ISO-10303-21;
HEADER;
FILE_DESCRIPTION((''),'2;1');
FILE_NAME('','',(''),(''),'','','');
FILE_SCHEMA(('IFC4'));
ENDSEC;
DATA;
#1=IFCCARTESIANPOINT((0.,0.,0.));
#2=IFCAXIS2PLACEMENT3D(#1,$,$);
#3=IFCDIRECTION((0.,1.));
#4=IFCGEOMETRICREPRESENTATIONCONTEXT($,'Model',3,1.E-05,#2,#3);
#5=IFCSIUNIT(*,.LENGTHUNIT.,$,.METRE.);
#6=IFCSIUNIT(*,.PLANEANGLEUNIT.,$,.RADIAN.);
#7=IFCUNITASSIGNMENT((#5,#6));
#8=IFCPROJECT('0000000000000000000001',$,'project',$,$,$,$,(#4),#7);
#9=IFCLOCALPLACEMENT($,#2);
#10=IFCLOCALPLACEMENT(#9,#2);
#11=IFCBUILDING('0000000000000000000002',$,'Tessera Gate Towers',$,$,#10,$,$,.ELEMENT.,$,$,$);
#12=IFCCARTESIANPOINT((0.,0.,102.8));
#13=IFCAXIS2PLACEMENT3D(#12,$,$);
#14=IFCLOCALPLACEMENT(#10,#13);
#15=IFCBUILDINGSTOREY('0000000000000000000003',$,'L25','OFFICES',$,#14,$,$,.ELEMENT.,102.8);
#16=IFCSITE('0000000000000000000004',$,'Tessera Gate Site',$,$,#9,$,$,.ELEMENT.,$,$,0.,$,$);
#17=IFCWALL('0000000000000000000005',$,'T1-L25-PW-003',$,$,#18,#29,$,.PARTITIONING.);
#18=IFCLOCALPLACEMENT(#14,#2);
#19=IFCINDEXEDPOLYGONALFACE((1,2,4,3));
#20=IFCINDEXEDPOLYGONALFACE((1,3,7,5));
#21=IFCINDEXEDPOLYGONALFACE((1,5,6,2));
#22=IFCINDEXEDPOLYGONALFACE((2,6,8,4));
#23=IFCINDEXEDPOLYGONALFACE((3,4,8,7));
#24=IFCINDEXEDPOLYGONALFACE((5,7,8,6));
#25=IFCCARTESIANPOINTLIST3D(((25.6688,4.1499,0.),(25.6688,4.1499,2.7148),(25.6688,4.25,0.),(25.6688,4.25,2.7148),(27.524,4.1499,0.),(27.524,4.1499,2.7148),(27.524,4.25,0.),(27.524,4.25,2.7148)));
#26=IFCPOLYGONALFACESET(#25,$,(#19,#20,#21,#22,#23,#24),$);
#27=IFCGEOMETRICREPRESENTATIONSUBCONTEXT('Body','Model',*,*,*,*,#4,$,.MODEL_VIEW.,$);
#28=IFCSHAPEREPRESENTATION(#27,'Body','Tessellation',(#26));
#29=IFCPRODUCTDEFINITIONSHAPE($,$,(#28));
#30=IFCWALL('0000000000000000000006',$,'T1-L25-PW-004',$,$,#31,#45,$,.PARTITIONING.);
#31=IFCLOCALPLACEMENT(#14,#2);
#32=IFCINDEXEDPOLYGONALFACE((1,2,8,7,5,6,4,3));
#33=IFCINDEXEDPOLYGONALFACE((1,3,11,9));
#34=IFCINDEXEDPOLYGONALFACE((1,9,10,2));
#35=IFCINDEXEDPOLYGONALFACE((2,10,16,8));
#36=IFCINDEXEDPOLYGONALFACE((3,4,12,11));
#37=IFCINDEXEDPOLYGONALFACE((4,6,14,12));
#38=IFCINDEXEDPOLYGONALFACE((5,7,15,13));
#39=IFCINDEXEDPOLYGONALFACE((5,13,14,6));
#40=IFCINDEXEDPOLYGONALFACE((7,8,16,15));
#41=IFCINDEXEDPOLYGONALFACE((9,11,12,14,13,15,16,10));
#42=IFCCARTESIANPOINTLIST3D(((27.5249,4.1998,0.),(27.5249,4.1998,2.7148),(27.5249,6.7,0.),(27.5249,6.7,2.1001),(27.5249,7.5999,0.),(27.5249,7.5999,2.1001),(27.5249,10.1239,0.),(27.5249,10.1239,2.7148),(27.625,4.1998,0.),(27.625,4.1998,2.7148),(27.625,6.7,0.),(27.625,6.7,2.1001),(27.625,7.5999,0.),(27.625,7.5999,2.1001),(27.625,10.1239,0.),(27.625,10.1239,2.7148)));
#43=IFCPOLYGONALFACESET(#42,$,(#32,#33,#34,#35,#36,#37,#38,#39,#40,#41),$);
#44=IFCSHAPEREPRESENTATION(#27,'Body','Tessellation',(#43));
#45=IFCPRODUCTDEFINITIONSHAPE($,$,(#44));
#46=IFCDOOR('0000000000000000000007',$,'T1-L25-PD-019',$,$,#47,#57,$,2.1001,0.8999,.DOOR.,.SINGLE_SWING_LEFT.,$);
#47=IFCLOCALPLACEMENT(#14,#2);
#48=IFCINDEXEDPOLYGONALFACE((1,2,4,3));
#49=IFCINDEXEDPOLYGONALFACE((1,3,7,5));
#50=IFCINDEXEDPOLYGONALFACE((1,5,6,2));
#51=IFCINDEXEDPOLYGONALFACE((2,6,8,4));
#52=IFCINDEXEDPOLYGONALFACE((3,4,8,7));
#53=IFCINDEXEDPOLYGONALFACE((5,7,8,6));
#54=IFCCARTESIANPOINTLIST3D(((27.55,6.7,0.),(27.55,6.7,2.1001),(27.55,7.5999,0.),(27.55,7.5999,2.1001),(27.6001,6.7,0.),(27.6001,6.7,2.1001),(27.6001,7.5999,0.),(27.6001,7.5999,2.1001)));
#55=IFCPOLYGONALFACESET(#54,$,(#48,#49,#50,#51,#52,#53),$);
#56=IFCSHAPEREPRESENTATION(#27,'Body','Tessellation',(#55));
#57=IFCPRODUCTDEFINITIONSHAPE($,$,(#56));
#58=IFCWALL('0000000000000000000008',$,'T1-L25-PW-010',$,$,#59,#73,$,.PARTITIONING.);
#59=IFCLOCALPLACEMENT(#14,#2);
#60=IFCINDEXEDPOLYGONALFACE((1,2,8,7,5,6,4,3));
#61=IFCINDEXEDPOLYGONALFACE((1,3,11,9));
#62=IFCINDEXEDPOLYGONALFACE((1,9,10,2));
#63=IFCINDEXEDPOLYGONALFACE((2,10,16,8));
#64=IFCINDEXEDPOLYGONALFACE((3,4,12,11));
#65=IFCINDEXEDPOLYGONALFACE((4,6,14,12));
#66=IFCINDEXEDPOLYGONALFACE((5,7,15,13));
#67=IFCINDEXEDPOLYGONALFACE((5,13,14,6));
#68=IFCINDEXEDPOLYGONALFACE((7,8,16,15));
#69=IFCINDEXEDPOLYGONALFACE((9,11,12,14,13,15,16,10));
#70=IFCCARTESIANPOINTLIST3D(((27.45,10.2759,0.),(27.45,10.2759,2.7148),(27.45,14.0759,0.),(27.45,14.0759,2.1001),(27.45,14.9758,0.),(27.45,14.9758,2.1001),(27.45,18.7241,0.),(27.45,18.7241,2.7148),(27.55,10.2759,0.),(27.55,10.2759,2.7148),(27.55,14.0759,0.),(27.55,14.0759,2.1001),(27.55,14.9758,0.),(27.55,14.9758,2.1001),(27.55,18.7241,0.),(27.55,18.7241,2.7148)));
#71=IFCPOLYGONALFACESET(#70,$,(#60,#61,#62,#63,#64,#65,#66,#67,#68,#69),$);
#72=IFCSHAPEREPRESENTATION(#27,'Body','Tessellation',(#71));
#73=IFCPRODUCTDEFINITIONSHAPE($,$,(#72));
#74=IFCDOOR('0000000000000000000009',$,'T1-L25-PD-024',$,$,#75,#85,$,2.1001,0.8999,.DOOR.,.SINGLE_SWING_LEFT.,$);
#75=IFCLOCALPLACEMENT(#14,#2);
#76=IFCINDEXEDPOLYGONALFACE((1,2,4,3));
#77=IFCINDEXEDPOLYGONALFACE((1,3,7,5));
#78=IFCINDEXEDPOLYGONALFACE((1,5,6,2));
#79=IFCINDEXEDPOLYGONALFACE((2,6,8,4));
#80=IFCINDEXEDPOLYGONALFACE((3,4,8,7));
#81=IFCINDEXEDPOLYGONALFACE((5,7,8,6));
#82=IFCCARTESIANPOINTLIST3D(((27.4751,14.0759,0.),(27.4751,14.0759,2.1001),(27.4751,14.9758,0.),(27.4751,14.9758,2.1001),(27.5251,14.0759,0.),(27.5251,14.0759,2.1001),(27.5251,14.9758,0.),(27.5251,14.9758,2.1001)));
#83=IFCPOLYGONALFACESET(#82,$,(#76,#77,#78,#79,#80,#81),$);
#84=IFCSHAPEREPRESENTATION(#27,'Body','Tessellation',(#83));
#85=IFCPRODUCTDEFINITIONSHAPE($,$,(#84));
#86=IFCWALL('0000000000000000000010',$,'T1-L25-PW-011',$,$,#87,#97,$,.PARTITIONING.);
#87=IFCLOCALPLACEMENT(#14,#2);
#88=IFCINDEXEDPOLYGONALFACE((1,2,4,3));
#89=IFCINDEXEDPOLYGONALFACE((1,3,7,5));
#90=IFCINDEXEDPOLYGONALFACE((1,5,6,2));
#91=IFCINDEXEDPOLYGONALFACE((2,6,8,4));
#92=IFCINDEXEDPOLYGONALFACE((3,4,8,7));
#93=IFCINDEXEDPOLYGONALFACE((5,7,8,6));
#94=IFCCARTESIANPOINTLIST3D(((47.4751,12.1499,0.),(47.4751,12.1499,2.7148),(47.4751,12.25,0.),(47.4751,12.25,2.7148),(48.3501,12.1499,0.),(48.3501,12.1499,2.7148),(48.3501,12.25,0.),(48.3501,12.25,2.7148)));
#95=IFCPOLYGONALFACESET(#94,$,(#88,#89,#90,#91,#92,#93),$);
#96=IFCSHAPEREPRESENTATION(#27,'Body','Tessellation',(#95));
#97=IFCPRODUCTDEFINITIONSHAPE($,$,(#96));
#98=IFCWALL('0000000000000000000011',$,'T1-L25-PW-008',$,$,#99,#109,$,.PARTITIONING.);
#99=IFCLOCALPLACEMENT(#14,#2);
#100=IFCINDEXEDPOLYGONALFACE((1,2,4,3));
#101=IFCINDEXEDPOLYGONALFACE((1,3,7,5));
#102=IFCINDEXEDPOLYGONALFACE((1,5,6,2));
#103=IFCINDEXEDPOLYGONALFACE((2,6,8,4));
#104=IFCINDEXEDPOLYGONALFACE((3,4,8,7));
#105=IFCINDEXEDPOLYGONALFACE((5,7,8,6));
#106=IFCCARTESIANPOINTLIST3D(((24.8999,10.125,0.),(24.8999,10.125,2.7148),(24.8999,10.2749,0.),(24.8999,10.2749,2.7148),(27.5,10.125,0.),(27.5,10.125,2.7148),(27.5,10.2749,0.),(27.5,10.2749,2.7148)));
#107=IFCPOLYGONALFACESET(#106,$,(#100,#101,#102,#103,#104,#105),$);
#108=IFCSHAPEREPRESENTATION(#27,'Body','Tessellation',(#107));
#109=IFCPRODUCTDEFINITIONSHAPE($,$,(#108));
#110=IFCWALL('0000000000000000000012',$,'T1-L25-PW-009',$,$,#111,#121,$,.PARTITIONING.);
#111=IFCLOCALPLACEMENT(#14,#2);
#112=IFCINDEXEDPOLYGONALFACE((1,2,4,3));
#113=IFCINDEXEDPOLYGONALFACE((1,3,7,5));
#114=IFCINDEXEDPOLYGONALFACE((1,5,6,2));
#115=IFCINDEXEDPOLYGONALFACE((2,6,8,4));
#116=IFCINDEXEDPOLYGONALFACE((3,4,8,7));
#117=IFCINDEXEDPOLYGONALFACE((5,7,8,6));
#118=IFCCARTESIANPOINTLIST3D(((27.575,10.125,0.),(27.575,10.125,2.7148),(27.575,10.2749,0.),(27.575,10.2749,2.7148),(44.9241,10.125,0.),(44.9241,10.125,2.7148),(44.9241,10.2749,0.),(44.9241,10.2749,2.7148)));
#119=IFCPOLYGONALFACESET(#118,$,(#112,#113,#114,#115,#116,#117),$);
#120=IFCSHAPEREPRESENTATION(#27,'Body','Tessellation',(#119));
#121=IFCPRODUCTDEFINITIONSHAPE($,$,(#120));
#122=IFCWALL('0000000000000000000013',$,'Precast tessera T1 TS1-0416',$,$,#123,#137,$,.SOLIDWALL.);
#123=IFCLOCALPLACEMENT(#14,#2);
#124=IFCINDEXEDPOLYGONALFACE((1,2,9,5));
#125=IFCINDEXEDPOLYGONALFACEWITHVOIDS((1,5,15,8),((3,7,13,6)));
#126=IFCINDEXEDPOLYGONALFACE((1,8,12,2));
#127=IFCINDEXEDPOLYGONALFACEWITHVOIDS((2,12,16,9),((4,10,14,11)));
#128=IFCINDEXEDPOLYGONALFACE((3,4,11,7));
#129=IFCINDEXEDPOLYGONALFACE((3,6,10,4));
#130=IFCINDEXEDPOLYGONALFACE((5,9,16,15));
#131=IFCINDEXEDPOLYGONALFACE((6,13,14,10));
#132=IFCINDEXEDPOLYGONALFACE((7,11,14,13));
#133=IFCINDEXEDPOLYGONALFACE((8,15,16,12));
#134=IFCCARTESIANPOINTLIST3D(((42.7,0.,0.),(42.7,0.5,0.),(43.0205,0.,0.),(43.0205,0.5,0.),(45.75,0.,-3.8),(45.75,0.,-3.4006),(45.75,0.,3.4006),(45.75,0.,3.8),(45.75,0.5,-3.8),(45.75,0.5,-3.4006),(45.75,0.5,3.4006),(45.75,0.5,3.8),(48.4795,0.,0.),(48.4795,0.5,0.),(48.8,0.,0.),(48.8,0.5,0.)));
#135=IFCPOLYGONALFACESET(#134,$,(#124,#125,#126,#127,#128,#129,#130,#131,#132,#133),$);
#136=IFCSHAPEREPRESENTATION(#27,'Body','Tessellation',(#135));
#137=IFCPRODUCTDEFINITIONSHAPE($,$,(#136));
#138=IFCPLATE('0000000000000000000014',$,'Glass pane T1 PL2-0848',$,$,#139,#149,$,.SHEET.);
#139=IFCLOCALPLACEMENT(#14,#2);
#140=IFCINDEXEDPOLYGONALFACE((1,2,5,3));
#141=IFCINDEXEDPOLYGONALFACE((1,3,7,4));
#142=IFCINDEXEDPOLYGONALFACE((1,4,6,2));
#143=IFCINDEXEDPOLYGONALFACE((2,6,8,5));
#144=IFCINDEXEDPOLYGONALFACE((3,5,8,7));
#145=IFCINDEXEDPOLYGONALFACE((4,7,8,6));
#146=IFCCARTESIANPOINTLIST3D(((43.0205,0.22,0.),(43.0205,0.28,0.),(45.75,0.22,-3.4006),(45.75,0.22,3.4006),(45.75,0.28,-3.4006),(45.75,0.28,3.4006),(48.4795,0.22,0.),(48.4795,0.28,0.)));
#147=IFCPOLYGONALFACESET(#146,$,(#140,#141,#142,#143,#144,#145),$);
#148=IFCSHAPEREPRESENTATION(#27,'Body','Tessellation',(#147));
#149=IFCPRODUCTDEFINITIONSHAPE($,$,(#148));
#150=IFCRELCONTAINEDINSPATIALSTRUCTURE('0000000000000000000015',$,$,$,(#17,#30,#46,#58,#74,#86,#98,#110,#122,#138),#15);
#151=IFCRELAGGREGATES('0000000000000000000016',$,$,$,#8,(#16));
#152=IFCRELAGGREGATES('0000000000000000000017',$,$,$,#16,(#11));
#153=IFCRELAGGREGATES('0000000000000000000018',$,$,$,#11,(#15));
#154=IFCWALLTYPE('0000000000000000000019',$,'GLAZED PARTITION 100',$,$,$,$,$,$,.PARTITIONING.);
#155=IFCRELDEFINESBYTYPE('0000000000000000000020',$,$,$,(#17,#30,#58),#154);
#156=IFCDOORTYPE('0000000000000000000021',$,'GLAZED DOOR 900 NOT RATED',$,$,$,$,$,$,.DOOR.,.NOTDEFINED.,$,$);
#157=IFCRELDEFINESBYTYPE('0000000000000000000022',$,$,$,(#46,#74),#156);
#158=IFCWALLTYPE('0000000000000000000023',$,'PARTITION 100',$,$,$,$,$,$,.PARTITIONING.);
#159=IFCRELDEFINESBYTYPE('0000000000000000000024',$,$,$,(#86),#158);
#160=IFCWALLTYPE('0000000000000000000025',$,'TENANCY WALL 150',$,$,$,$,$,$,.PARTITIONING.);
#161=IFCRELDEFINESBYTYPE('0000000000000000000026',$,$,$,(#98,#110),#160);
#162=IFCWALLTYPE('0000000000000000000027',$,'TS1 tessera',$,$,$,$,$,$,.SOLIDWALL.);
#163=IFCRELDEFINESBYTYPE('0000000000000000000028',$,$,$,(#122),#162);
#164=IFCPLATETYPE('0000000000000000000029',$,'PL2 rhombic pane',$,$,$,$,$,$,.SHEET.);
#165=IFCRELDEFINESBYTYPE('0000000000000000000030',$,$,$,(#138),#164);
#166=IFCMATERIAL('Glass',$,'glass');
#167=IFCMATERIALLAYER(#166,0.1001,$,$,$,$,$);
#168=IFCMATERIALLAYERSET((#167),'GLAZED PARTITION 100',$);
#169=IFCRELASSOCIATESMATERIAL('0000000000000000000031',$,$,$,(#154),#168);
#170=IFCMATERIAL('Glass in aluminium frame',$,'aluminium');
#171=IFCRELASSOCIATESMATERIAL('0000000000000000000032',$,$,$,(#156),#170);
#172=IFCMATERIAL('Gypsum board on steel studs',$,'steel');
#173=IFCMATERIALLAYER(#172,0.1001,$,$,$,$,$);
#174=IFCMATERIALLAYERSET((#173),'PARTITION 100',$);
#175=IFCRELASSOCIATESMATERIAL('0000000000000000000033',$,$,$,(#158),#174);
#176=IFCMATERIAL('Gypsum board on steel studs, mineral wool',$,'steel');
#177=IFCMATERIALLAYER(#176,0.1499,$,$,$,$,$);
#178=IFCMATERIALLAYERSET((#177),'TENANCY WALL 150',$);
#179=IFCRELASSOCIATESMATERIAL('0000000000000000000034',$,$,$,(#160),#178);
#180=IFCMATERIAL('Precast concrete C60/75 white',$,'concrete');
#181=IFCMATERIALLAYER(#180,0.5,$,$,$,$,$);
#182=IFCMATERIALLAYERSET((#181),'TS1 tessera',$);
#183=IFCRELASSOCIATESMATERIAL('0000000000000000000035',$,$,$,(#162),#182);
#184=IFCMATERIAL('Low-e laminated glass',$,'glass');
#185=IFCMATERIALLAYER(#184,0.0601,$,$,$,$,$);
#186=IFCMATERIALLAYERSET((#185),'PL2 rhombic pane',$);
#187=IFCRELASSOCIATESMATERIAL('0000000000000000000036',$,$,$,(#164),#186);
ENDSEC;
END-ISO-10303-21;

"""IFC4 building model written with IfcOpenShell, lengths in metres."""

from ifc_helpers import new_model, si_unit, direction, frame, frame_2d, origin, place, context, subcontext, project, spatial, polyline, rectangle, outline, extrude, source, transform, mapped, material, layer, layer_set, type_object, element, fill, save


model = new_model("IFC4")

# Units and contexts
model_context = context("Model", 3, precision=1e-05, world=origin(), true_north=direction((0.0, 1.0)))
body_context = subcontext(model_context, "Body", "Model", "MODEL_VIEW")
ifc_project = project(units=[si_unit("LENGTHUNIT", "METRE"), si_unit("PLANEANGLEUNIT", "RADIAN")], contexts=[model_context])

# Site, building, storey
site_placement = place(None, origin())
site = spatial("IfcSite", under=ifc_project, at=site_placement, Name="Tessera Gate Site", CompositionType="ELEMENT", RefElevation=0.0)
building_placement = place(site_placement, origin())
building = spatial("IfcBuilding", under=site, at=building_placement, Name="Tessera Gate Towers", CompositionType="ELEMENT")
storey_placement = place(building_placement, frame((0.0, 0.0, 102.8)))
storey = spatial("IfcBuildingStorey", under=building, at=storey_placement, Name="L25", Description="OFFICES", CompositionType="ELEMENT", Elevation=102.8)

# Shared definitions
shared_shape_1 = source(origin(), body_context, "Body", "SweptSolid", [
    extrude(rectangle(XDim=0.8999, YDim=2.1001, at=frame_2d((0.45, 1.05))), frame((0.0, 0.0249, 0.0), z_axis=(0.0, -1.0, 0.0), x_axis=(1.0, 0.0, 0.0)), (0.0, 0.0, 1.0), 0.05),
])

# Wall
ifc_material_1 = material(Name="Glass", Category="glass")
ifc_layer_1 = layer(ifc_material_1, 0.1001)
ifc_layer_set_1 = layer_set([ifc_layer_1], Name="GLAZED PARTITION 100")
wall_type_1 = type_object("IfcWallType", Name="GLAZED PARTITION 100", PredefinedType="PARTITIONING", material=ifc_layer_set_1)
wall_1_placement = place(storey_placement, frame((25.6687, 4.2, 0.0), z_axis=(0.0, 0.0, 1.0), x_axis=(1.0, 0.0, 0.0)))
element("IfcWall", 1, at=wall_1_placement, inside=storey, type_object=wall_type_1, Name="T1-L25-PW-003", PredefinedType="PARTITIONING", context=body_context, shape_type="SweptSolid", body=[
    extrude(rectangle(XDim=1.8552, YDim=0.1001, at=frame_2d((0.9277, 0.0))), origin(), (0.0, 0.0, 1.0), 2.7148),
])

# Walls, openings, doors
wall_2_placement = place(storey_placement, frame((27.575, 4.2, 0.0), z_axis=(0.0, 0.0, 1.0), x_axis=(0.0, 1.0, 0.0)))
wall_2 = element("IfcWall", 2, at=wall_2_placement, inside=storey, type_object=wall_type_1, Name="T1-L25-PW-004", PredefinedType="PARTITIONING", context=body_context, shape_type="SweptSolid", body=[
    extrude(rectangle(XDim=5.9241, YDim=0.1001, at=frame_2d((2.9619, 0.0))), origin(), (0.0, 0.0, 1.0), 2.7148),
])
shared_shape_2 = source(origin(), body_context, "Body", "SweptSolid", [
    extrude(rectangle(XDim=0.8999, YDim=2.1001, at=frame_2d((0.45, 1.05))), frame((0.0, 0.0601, 0.0), z_axis=(0.0, -1.0, 0.0), x_axis=(1.0, 0.0, 0.0)), (0.0, 0.0, 1.0), 0.1201),
])
opening_1_placement = place(wall_2_placement, frame((2.5, 0.0, 0.0)))
opening_1 = element("IfcOpeningElement", 3, at=opening_1_placement, cuts=wall_2, PredefinedType="OPENING", context=body_context, shape_type="MappedRepresentation", body=[
    mapped(shared_shape_2, transform((0.0, 0.0, 0.0), scale=1.0)),
])
ifc_material_2 = material(Name="Glass in aluminium frame", Category="aluminium")
door_type_1 = type_object("IfcDoorType", Name="GLAZED DOOR 900 NOT RATED", OperationType="NOTDEFINED", PredefinedType="DOOR", material=ifc_material_2)
door_1_placement = place(opening_1_placement, origin())
door_1 = element("IfcDoor", 4, at=door_1_placement, inside=storey, type_object=door_type_1, Name="T1-L25-PD-019", OperationType="SINGLE_SWING_LEFT", OverallHeight=2.1001, OverallWidth=0.8999, PredefinedType="DOOR", context=body_context, shape_type="MappedRepresentation", body=[
    mapped(shared_shape_1, transform((0.0, 0.0, 0.0), scale=1.0)),
])
fill(opening_1, door_1)
wall_3_placement = place(storey_placement, frame((27.5, 10.2759, 0.0), z_axis=(0.0, 0.0, 1.0), x_axis=(0.0, 1.0, 0.0)))
wall_3 = element("IfcWall", 5, at=wall_3_placement, inside=storey, type_object=wall_type_1, Name="T1-L25-PW-010", PredefinedType="PARTITIONING", context=body_context, shape_type="SweptSolid", body=[
    extrude(rectangle(XDim=8.4482, YDim=0.1001, at=frame_2d((4.2241, 0.0))), origin(), (0.0, 0.0, 1.0), 2.7148),
])
opening_2_placement = place(wall_3_placement, frame((3.8, 0.0, 0.0)))
opening_2 = element("IfcOpeningElement", 6, at=opening_2_placement, cuts=wall_3, PredefinedType="OPENING", context=body_context, shape_type="MappedRepresentation", body=[
    mapped(shared_shape_2, transform((0.0, 0.0, 0.0), scale=1.0)),
])
door_2_placement = place(opening_2_placement, origin())
door_2 = element("IfcDoor", 7, at=door_2_placement, inside=storey, type_object=door_type_1, Name="T1-L25-PD-024", OperationType="SINGLE_SWING_LEFT", OverallHeight=2.1001, OverallWidth=0.8999, PredefinedType="DOOR", context=body_context, shape_type="MappedRepresentation", body=[
    mapped(shared_shape_1, transform((0.0, 0.0, 0.0), scale=1.0)),
])
fill(opening_2, door_2)

# Walls
ifc_material_3 = material(Name="Gypsum board on steel studs", Category="steel")
ifc_layer_2 = layer(ifc_material_3, 0.1001)
ifc_layer_set_2 = layer_set([ifc_layer_2], Name="PARTITION 100")
wall_type_2 = type_object("IfcWallType", Name="PARTITION 100", PredefinedType="PARTITIONING", material=ifc_layer_set_2)
wall_4_placement = place(storey_placement, frame((48.3501, 12.2, 0.0), z_axis=(0.0, 0.0, 1.0), x_axis=(-1.0, 0.0, 0.0)))
element("IfcWall", 8, at=wall_4_placement, inside=storey, type_object=wall_type_2, Name="T1-L25-PW-011", PredefinedType="PARTITIONING", context=body_context, shape_type="SweptSolid", body=[
    extrude(rectangle(XDim=0.875, YDim=0.1001, at=frame_2d((0.4375, 0.0))), origin(), (0.0, 0.0, 1.0), 2.7148),
])
ifc_material_4 = material(Name="Gypsum board on steel studs, mineral wool", Category="steel")
ifc_layer_3 = layer(ifc_material_4, 0.1499)
ifc_layer_set_3 = layer_set([ifc_layer_3], Name="TENANCY WALL 150")
wall_type_3 = type_object("IfcWallType", Name="TENANCY WALL 150", PredefinedType="PARTITIONING", material=ifc_layer_set_3)
wall_5_placement = place(storey_placement, frame((24.8999, 10.2, 0.0), z_axis=(0.0, 0.0, 1.0), x_axis=(1.0, 0.0, 0.0)))
element("IfcWall", 9, at=wall_5_placement, inside=storey, type_object=wall_type_3, Name="T1-L25-PW-008", PredefinedType="PARTITIONING", context=body_context, shape_type="SweptSolid", body=[
    extrude(rectangle(XDim=2.6001, YDim=0.1499, at=frame_2d((1.3, 0.0))), origin(), (0.0, 0.0, 1.0), 2.7148),
])
wall_6_placement = place(storey_placement, frame((27.575, 10.2, 0.0), z_axis=(0.0, 0.0, 1.0), x_axis=(1.0, 0.0, 0.0)))
element("IfcWall", 10, at=wall_6_placement, inside=storey, type_object=wall_type_3, Name="T1-L25-PW-009", PredefinedType="PARTITIONING", context=body_context, shape_type="SweptSolid", body=[
    extrude(rectangle(XDim=17.3491, YDim=0.1499, at=frame_2d((8.6746, 0.0))), origin(), (0.0, 0.0, 1.0), 2.7148),
])

# Wall, opening, plate
ifc_material_5 = material(Name="Precast concrete C60/75 white", Category="concrete")
ifc_layer_4 = layer(ifc_material_5, 0.5)
ifc_layer_set_4 = layer_set([ifc_layer_4], Name="TS1 tessera")
wall_type_4 = type_object("IfcWallType", Name="TS1 tessera", PredefinedType="SOLIDWALL", material=ifc_layer_set_4)
shared_shape_3 = source(origin(), body_context, "Body", "SweptSolid", [
    extrude(outline(polyline([(3.05, 0.0), (6.1001, 3.8), (3.05, 7.6001), (0.0, 3.8), (3.05, 0.0)])), frame((0.0, 0.25, 0.0), z_axis=(0.0, -1.0, 0.0), x_axis=(1.0, 0.0, 0.0)), (0.0, 0.0, 1.0), 0.5),
])
wall_7_placement = place(storey_placement, frame((42.7, 0.25, -3.8), z_axis=(0.0, 0.0, 1.0), x_axis=(1.0, 0.0, 0.0)))
wall_7 = element("IfcWall", 11, at=wall_7_placement, inside=storey, type_object=wall_type_4, Name="Precast tessera T1 TS1-0416", PredefinedType="SOLIDWALL", context=body_context, shape_type="MappedRepresentation", body=[
    mapped(shared_shape_3, transform((0.0, 0.0, 0.0), scale=1.0)),
])
shared_shape_4 = source(origin(), body_context, "Body", "SweptSolid", [
    extrude(outline(polyline([(3.05, 0.3994), (5.7795, 3.8), (3.05, 7.2007), (0.3206, 3.8), (3.05, 0.3994)])), frame((0.0, 0.26, 0.0), z_axis=(0.0, -1.0, 0.0), x_axis=(1.0, 0.0, 0.0)), (0.0, 0.0, 1.0), 0.52),
])
opening_3_placement = place(wall_7_placement, origin())
opening_3 = element("IfcOpeningElement", 12, at=opening_3_placement, cuts=wall_7, PredefinedType="OPENING", context=body_context, shape_type="MappedRepresentation", body=[
    mapped(shared_shape_4, transform((0.0, 0.0, 0.0), scale=1.0)),
])
ifc_material_6 = material(Name="Low-e laminated glass", Category="glass")
ifc_layer_5 = layer(ifc_material_6, 0.0601)
ifc_layer_set_5 = layer_set([ifc_layer_5], Name="PL2 rhombic pane")
plate_type_1 = type_object("IfcPlateType", Name="PL2 rhombic pane", PredefinedType="SHEET", material=ifc_layer_set_5)
shared_shape_5 = source(origin(), body_context, "Body", "SweptSolid", [
    extrude(outline(polyline([(3.05, 0.3994), (5.7795, 3.8), (3.05, 7.2007), (0.3206, 3.8), (3.05, 0.3994)])), frame((0.0, 0.03, 0.0), z_axis=(0.0, -1.0, 0.0), x_axis=(1.0, 0.0, 0.0)), (0.0, 0.0, 1.0), 0.0601),
])
plate_1_placement = place(opening_3_placement, origin())
plate_1 = element("IfcPlate", 13, at=plate_1_placement, inside=storey, type_object=plate_type_1, Name="Glass pane T1 PL2-0848", PredefinedType="SHEET", context=body_context, shape_type="MappedRepresentation", body=[
    mapped(shared_shape_5, transform((0.0, 0.0, 0.0), scale=1.0)),
])
fill(opening_3, plate_1)

save(model, "model.ifc")
